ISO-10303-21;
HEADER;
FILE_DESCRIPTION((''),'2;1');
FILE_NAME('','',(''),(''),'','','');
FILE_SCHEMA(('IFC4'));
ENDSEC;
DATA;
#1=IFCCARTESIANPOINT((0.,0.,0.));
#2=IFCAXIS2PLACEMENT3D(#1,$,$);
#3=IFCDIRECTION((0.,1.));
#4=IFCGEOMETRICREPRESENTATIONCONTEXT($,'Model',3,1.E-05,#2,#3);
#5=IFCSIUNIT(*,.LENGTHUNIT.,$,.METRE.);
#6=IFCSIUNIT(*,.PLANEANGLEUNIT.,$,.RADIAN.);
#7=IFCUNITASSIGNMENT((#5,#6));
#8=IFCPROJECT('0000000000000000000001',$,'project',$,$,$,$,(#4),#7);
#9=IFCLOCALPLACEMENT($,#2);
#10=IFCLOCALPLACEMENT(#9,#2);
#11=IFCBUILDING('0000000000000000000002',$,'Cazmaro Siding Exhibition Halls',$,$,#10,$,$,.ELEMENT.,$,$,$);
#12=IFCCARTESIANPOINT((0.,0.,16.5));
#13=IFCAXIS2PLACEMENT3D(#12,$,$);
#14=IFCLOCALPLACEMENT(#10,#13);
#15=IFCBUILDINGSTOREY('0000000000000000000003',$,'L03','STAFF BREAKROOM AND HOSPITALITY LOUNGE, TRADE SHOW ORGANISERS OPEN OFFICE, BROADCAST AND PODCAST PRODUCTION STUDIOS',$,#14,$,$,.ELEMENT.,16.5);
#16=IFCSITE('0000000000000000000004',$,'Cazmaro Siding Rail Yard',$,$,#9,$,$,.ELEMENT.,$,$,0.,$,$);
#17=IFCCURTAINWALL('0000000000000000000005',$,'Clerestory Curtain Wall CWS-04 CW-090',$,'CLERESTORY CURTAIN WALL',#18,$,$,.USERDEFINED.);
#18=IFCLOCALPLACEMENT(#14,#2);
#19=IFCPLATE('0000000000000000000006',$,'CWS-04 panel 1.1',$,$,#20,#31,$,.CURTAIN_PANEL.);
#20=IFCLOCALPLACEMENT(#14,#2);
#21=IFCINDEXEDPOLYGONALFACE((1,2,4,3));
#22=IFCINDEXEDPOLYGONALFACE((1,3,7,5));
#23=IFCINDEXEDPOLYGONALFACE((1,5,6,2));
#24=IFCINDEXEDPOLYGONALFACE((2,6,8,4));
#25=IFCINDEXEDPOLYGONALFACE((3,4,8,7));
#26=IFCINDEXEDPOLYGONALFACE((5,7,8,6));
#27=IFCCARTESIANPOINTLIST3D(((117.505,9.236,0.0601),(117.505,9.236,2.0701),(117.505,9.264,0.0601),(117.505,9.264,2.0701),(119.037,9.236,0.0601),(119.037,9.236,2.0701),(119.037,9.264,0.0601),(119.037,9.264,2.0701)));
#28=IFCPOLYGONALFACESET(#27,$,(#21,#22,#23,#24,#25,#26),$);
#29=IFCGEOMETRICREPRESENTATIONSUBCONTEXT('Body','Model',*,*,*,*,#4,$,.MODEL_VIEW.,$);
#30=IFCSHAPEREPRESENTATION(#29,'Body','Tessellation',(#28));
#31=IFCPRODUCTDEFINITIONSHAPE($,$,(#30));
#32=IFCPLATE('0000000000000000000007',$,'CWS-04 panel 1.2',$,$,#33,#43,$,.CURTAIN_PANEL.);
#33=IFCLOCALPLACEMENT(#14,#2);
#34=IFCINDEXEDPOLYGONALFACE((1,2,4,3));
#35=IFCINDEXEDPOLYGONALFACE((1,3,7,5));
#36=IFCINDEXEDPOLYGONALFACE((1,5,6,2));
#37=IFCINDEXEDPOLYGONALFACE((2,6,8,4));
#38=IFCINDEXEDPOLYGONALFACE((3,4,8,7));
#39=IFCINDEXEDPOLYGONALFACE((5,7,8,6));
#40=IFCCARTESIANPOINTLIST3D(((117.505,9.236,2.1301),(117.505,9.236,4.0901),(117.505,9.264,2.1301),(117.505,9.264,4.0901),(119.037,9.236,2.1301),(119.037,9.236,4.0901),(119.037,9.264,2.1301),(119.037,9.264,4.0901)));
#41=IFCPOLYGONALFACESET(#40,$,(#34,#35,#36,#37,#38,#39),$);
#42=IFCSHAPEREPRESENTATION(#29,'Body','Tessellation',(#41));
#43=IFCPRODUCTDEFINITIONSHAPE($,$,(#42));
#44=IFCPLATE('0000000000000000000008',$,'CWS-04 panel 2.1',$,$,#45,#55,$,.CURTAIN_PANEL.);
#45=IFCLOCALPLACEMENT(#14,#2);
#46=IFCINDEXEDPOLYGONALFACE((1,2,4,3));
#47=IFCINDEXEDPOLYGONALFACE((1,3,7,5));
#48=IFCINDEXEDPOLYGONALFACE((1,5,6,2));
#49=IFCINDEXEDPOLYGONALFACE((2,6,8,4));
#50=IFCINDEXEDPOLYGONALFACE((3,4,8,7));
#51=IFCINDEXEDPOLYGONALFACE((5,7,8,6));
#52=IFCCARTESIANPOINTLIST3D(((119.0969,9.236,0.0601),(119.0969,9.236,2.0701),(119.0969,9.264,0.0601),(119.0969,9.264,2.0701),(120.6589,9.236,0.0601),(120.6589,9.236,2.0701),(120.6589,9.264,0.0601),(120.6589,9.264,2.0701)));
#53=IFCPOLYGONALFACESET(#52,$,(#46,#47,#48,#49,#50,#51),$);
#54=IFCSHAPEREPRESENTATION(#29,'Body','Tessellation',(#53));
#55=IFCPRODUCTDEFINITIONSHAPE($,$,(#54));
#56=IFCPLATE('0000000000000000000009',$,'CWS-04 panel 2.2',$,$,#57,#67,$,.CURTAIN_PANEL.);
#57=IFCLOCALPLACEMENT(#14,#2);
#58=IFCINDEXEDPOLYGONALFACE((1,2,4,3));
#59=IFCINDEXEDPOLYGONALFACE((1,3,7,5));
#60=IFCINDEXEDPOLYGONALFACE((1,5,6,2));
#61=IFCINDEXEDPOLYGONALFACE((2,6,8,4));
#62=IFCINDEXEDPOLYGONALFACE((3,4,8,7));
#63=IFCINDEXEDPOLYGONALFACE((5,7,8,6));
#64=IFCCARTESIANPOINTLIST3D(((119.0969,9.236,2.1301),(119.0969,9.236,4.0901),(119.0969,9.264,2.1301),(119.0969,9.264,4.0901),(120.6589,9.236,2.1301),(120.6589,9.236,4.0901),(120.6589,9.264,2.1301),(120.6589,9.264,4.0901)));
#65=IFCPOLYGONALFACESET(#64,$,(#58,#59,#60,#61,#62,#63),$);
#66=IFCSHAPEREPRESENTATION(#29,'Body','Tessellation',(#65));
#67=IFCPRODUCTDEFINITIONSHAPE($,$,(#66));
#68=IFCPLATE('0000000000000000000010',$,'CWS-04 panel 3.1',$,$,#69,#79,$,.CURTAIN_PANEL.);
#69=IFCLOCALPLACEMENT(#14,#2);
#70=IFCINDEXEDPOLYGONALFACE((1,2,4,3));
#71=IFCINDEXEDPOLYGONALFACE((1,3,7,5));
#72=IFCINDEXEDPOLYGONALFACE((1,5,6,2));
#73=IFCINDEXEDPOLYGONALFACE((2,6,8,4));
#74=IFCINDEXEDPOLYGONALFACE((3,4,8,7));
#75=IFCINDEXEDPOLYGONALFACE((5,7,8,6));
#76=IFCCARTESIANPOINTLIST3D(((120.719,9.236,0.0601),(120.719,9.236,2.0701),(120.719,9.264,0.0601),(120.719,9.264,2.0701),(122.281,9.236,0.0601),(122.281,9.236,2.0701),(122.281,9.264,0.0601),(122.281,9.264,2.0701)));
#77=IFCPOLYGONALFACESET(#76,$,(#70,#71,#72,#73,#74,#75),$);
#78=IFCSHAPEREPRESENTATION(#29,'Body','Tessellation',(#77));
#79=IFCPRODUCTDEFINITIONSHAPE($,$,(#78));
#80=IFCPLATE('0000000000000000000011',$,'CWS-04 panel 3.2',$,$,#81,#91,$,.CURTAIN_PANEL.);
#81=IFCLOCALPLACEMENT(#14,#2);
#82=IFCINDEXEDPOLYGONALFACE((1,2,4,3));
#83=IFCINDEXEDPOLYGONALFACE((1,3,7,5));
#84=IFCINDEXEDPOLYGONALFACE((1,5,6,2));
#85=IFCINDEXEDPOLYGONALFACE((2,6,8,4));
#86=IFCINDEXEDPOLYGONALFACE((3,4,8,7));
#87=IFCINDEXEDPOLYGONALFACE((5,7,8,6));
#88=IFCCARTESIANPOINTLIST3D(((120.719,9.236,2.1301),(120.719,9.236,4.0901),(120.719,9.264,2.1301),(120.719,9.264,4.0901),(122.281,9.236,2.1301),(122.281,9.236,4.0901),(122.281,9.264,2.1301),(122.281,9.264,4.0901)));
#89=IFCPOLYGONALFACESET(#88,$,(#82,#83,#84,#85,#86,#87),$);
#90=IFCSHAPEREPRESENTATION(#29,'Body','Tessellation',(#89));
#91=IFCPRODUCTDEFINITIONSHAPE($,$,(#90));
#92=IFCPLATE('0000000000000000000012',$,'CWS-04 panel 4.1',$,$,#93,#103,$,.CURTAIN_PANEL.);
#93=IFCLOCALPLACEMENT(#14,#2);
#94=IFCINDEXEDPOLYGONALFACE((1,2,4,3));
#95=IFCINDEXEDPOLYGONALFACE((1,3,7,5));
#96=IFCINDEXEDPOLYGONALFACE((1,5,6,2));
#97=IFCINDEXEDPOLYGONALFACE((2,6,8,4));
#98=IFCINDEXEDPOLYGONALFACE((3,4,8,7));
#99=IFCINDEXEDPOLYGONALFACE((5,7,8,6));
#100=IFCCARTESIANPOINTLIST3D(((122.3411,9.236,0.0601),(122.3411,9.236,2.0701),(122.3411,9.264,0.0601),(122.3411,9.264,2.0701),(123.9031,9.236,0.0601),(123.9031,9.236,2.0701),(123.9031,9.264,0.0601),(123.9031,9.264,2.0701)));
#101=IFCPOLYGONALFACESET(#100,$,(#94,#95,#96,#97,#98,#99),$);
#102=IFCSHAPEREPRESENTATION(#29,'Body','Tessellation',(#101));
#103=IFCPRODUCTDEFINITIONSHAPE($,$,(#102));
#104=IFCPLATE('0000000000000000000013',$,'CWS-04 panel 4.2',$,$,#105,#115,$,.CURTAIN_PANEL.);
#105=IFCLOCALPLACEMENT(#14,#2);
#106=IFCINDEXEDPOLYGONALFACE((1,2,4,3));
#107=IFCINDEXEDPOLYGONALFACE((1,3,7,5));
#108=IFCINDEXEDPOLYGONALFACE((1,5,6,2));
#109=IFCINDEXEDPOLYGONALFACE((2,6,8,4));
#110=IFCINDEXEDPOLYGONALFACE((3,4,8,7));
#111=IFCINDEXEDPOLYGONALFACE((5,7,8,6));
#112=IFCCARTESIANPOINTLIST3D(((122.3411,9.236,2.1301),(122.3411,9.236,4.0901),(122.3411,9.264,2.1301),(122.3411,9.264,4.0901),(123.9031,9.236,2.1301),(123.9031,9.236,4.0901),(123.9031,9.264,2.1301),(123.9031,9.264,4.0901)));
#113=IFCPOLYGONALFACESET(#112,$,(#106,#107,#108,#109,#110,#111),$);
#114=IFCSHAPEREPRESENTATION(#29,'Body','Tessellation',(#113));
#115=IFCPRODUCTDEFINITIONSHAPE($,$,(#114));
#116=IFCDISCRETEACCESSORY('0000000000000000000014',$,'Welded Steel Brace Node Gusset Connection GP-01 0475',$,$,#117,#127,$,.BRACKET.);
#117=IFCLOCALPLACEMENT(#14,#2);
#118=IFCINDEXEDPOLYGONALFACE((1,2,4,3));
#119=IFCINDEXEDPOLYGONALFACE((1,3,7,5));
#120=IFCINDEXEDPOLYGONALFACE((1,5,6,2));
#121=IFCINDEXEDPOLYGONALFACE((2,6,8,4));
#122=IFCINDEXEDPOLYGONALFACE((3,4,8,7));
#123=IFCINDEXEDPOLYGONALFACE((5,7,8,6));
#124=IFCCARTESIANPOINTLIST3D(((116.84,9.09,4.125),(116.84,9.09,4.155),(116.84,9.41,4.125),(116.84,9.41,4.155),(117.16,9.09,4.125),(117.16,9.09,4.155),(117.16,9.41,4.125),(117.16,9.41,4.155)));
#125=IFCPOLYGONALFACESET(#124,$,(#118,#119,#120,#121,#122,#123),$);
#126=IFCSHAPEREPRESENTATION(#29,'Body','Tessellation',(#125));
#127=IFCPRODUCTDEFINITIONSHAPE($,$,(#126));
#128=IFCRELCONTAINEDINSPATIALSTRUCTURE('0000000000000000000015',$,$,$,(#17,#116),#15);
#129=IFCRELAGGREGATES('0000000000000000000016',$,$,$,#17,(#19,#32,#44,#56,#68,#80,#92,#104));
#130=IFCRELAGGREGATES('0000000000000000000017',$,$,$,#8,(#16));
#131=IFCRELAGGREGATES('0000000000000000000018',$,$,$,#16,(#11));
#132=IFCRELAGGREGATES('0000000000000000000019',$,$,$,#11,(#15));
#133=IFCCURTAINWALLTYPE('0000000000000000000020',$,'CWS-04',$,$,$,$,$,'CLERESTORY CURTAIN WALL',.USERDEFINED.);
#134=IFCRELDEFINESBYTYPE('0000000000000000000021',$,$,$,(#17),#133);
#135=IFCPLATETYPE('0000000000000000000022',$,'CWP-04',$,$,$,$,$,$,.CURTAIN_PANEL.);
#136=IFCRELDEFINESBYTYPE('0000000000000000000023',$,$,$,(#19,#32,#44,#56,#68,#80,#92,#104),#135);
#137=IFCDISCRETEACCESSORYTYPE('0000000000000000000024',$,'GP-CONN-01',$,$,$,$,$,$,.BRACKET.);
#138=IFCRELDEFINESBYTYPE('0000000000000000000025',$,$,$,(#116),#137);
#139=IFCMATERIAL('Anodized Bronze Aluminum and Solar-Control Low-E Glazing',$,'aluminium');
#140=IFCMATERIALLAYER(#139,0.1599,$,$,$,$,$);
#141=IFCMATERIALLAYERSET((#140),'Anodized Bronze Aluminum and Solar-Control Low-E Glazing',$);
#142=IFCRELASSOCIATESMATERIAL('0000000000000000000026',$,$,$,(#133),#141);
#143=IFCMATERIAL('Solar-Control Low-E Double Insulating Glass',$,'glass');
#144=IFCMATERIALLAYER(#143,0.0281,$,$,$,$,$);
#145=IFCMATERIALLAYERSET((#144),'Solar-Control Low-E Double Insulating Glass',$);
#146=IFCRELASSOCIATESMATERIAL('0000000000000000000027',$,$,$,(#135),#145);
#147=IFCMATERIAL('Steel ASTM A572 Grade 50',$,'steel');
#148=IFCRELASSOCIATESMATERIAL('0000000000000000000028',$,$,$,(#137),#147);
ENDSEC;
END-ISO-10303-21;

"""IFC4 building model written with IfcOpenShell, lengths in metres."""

from ifc_helpers import new_model, si_unit, direction, frame, origin, origin_2d, place, context, subcontext, project, spatial, rectangle, extrude, material, layer, layer_set, type_object, element, aggregate, save


model = new_model("IFC4")

# Units and contexts
model_context = context("Model", 3, precision=1e-05, world=origin(), true_north=direction((0.0, 1.0)))
body_context = subcontext(model_context, "Body", "Model", "MODEL_VIEW")
ifc_project = project(units=[si_unit("LENGTHUNIT", "METRE"), si_unit("PLANEANGLEUNIT", "RADIAN")], contexts=[model_context])

# Site, building, storey
site_placement = place(None, origin())
site = spatial("IfcSite", under=ifc_project, at=site_placement, Name="Cazmaro Siding Rail Yard", CompositionType="ELEMENT", RefElevation=0.0)
building_placement = place(site_placement, origin())
building = spatial("IfcBuilding", under=site, at=building_placement, Name="Cazmaro Siding Exhibition Halls", CompositionType="ELEMENT")
storey_placement = place(building_placement, frame((0.0, 0.0, 16.5)))
storey = spatial("IfcBuildingStorey", under=building, at=storey_placement, Name="L03", Description="STAFF BREAKROOM AND HOSPITALITY LOUNGE, TRADE SHOW ORGANISERS OPEN OFFICE, BROADCAST AND PODCAST PRODUCTION STUDIOS", CompositionType="ELEMENT", Elevation=16.5)

# Shared definitions
ifc_material_1 = material(Name="Anodized Bronze Aluminum and Solar-Control Low-E Glazing", Category="aluminium")
ifc_layer_1 = layer(ifc_material_1, 0.1599)
ifc_layer_set_1 = layer_set([ifc_layer_1], Name="Anodized Bronze Aluminum and Solar-Control Low-E Glazing")
curtain_wall_type = type_object("IfcCurtainWallType", Name="CWS-04", ElementType="CLERESTORY CURTAIN WALL", PredefinedType="USERDEFINED", material=ifc_layer_set_1)

# Curtain wall
curtain_wall_1_placement = place(storey_placement, origin())
curtain_wall_1 = element("IfcCurtainWall", 1, at=curtain_wall_1_placement, inside=storey, type_object=curtain_wall_type, Name="Clerestory Curtain Wall CWS-04 CW-090", ObjectType="CLERESTORY CURTAIN WALL", PredefinedType="USERDEFINED")

# Plates
ifc_material_2 = material(Name="Solar-Control Low-E Double Insulating Glass", Category="glass")
ifc_layer_2 = layer(ifc_material_2, 0.0281)
ifc_layer_set_2 = layer_set([ifc_layer_2], Name="Solar-Control Low-E Double Insulating Glass")
plate_type = type_object("IfcPlateType", Name="CWP-04", PredefinedType="CURTAIN_PANEL", material=ifc_layer_set_2)
plate_1_placement = place(storey_placement, frame((118.271, 9.25, 0.0601), z_axis=(0.0, 0.0, 1.0), x_axis=(1.0, 0.0, 0.0)))
plate_1 = element("IfcPlate", 2, at=plate_1_placement, type_object=plate_type, Name="CWS-04 panel 1.1", PredefinedType="CURTAIN_PANEL", context=body_context, shape_type="SweptSolid", body=[
    extrude(rectangle(XDim=1.532, YDim=0.0281, at=origin_2d()), origin(), (0.0, 0.0, 1.0), 2.01),
])
plate_2_placement = place(storey_placement, frame((118.271, 9.25, 2.1301), z_axis=(0.0, 0.0, 1.0), x_axis=(1.0, 0.0, 0.0)))
plate_2 = element("IfcPlate", 3, at=plate_2_placement, type_object=plate_type, Name="CWS-04 panel 1.2", PredefinedType="CURTAIN_PANEL", context=body_context, shape_type="SweptSolid", body=[
    extrude(rectangle(XDim=1.532, YDim=0.0281, at=origin_2d()), origin(), (0.0, 0.0, 1.0), 1.96),
])
plate_3_placement = place(storey_placement, frame((119.8779, 9.25, 0.0601), z_axis=(0.0, 0.0, 1.0), x_axis=(1.0, 0.0, 0.0)))
plate_3 = element("IfcPlate", 4, at=plate_3_placement, type_object=plate_type, Name="CWS-04 panel 2.1", PredefinedType="CURTAIN_PANEL", context=body_context, shape_type="SweptSolid", body=[
    extrude(rectangle(XDim=1.562, YDim=0.0281, at=origin_2d()), origin(), (0.0, 0.0, 1.0), 2.01),
])
plate_4_placement = place(storey_placement, frame((119.8779, 9.25, 2.1301), z_axis=(0.0, 0.0, 1.0), x_axis=(1.0, 0.0, 0.0)))
plate_4 = element("IfcPlate", 5, at=plate_4_placement, type_object=plate_type, Name="CWS-04 panel 2.2", PredefinedType="CURTAIN_PANEL", context=body_context, shape_type="SweptSolid", body=[
    extrude(rectangle(XDim=1.562, YDim=0.0281, at=origin_2d()), origin(), (0.0, 0.0, 1.0), 1.96),
])
plate_5_placement = place(storey_placement, frame((121.5, 9.25, 0.0601), z_axis=(0.0, 0.0, 1.0), x_axis=(1.0, 0.0, 0.0)))
plate_5 = element("IfcPlate", 6, at=plate_5_placement, type_object=plate_type, Name="CWS-04 panel 3.1", PredefinedType="CURTAIN_PANEL", context=body_context, shape_type="SweptSolid", body=[
    extrude(rectangle(XDim=1.562, YDim=0.0281, at=origin_2d()), origin(), (0.0, 0.0, 1.0), 2.01),
])
plate_6_placement = place(storey_placement, frame((121.5, 9.25, 2.1301), z_axis=(0.0, 0.0, 1.0), x_axis=(1.0, 0.0, 0.0)))
plate_6 = element("IfcPlate", 7, at=plate_6_placement, type_object=plate_type, Name="CWS-04 panel 3.2", PredefinedType="CURTAIN_PANEL", context=body_context, shape_type="SweptSolid", body=[
    extrude(rectangle(XDim=1.562, YDim=0.0281, at=origin_2d()), origin(), (0.0, 0.0, 1.0), 1.96),
])
plate_7_placement = place(storey_placement, frame((123.1221, 9.25, 0.0601), z_axis=(0.0, 0.0, 1.0), x_axis=(1.0, 0.0, 0.0)))
plate_7 = element("IfcPlate", 8, at=plate_7_placement, type_object=plate_type, Name="CWS-04 panel 4.1", PredefinedType="CURTAIN_PANEL", context=body_context, shape_type="SweptSolid", body=[
    extrude(rectangle(XDim=1.562, YDim=0.0281, at=origin_2d()), origin(), (0.0, 0.0, 1.0), 2.01),
])
plate_8_placement = place(storey_placement, frame((123.1221, 9.25, 2.1301), z_axis=(0.0, 0.0, 1.0), x_axis=(1.0, 0.0, 0.0)))
plate_8 = element("IfcPlate", 9, at=plate_8_placement, type_object=plate_type, Name="CWS-04 panel 4.2", PredefinedType="CURTAIN_PANEL", context=body_context, shape_type="SweptSolid", body=[
    extrude(rectangle(XDim=1.562, YDim=0.0281, at=origin_2d()), origin(), (0.0, 0.0, 1.0), 1.96),
])
aggregate(curtain_wall_1, [plate_1, plate_2, plate_3, plate_4, plate_5, plate_6, plate_7, plate_8])

# Discrete accessory
ifc_material_3 = material(Name="Steel ASTM A572 Grade 50", Category="steel")
discrete_accessory_type = type_object("IfcDiscreteAccessoryType", Name="GP-CONN-01", PredefinedType="BRACKET", material=ifc_material_3)
discrete_accessory_placement = place(storey_placement, frame((117.0, 9.25, 4.125), z_axis=(0.0, 0.0, 1.0), x_axis=(1.0, 0.0, 0.0)))
element("IfcDiscreteAccessory", 10, at=discrete_accessory_placement, inside=storey, type_object=discrete_accessory_type, Name="Welded Steel Brace Node Gusset Connection GP-01 0475", PredefinedType="BRACKET", context=body_context, shape_type="SweptSolid", body=[
    extrude(rectangle(XDim=0.3201, YDim=0.3201, at=origin_2d()), origin(), (0.0, 0.0, 1.0), 0.03),
])

save(model, "model.ifc")
